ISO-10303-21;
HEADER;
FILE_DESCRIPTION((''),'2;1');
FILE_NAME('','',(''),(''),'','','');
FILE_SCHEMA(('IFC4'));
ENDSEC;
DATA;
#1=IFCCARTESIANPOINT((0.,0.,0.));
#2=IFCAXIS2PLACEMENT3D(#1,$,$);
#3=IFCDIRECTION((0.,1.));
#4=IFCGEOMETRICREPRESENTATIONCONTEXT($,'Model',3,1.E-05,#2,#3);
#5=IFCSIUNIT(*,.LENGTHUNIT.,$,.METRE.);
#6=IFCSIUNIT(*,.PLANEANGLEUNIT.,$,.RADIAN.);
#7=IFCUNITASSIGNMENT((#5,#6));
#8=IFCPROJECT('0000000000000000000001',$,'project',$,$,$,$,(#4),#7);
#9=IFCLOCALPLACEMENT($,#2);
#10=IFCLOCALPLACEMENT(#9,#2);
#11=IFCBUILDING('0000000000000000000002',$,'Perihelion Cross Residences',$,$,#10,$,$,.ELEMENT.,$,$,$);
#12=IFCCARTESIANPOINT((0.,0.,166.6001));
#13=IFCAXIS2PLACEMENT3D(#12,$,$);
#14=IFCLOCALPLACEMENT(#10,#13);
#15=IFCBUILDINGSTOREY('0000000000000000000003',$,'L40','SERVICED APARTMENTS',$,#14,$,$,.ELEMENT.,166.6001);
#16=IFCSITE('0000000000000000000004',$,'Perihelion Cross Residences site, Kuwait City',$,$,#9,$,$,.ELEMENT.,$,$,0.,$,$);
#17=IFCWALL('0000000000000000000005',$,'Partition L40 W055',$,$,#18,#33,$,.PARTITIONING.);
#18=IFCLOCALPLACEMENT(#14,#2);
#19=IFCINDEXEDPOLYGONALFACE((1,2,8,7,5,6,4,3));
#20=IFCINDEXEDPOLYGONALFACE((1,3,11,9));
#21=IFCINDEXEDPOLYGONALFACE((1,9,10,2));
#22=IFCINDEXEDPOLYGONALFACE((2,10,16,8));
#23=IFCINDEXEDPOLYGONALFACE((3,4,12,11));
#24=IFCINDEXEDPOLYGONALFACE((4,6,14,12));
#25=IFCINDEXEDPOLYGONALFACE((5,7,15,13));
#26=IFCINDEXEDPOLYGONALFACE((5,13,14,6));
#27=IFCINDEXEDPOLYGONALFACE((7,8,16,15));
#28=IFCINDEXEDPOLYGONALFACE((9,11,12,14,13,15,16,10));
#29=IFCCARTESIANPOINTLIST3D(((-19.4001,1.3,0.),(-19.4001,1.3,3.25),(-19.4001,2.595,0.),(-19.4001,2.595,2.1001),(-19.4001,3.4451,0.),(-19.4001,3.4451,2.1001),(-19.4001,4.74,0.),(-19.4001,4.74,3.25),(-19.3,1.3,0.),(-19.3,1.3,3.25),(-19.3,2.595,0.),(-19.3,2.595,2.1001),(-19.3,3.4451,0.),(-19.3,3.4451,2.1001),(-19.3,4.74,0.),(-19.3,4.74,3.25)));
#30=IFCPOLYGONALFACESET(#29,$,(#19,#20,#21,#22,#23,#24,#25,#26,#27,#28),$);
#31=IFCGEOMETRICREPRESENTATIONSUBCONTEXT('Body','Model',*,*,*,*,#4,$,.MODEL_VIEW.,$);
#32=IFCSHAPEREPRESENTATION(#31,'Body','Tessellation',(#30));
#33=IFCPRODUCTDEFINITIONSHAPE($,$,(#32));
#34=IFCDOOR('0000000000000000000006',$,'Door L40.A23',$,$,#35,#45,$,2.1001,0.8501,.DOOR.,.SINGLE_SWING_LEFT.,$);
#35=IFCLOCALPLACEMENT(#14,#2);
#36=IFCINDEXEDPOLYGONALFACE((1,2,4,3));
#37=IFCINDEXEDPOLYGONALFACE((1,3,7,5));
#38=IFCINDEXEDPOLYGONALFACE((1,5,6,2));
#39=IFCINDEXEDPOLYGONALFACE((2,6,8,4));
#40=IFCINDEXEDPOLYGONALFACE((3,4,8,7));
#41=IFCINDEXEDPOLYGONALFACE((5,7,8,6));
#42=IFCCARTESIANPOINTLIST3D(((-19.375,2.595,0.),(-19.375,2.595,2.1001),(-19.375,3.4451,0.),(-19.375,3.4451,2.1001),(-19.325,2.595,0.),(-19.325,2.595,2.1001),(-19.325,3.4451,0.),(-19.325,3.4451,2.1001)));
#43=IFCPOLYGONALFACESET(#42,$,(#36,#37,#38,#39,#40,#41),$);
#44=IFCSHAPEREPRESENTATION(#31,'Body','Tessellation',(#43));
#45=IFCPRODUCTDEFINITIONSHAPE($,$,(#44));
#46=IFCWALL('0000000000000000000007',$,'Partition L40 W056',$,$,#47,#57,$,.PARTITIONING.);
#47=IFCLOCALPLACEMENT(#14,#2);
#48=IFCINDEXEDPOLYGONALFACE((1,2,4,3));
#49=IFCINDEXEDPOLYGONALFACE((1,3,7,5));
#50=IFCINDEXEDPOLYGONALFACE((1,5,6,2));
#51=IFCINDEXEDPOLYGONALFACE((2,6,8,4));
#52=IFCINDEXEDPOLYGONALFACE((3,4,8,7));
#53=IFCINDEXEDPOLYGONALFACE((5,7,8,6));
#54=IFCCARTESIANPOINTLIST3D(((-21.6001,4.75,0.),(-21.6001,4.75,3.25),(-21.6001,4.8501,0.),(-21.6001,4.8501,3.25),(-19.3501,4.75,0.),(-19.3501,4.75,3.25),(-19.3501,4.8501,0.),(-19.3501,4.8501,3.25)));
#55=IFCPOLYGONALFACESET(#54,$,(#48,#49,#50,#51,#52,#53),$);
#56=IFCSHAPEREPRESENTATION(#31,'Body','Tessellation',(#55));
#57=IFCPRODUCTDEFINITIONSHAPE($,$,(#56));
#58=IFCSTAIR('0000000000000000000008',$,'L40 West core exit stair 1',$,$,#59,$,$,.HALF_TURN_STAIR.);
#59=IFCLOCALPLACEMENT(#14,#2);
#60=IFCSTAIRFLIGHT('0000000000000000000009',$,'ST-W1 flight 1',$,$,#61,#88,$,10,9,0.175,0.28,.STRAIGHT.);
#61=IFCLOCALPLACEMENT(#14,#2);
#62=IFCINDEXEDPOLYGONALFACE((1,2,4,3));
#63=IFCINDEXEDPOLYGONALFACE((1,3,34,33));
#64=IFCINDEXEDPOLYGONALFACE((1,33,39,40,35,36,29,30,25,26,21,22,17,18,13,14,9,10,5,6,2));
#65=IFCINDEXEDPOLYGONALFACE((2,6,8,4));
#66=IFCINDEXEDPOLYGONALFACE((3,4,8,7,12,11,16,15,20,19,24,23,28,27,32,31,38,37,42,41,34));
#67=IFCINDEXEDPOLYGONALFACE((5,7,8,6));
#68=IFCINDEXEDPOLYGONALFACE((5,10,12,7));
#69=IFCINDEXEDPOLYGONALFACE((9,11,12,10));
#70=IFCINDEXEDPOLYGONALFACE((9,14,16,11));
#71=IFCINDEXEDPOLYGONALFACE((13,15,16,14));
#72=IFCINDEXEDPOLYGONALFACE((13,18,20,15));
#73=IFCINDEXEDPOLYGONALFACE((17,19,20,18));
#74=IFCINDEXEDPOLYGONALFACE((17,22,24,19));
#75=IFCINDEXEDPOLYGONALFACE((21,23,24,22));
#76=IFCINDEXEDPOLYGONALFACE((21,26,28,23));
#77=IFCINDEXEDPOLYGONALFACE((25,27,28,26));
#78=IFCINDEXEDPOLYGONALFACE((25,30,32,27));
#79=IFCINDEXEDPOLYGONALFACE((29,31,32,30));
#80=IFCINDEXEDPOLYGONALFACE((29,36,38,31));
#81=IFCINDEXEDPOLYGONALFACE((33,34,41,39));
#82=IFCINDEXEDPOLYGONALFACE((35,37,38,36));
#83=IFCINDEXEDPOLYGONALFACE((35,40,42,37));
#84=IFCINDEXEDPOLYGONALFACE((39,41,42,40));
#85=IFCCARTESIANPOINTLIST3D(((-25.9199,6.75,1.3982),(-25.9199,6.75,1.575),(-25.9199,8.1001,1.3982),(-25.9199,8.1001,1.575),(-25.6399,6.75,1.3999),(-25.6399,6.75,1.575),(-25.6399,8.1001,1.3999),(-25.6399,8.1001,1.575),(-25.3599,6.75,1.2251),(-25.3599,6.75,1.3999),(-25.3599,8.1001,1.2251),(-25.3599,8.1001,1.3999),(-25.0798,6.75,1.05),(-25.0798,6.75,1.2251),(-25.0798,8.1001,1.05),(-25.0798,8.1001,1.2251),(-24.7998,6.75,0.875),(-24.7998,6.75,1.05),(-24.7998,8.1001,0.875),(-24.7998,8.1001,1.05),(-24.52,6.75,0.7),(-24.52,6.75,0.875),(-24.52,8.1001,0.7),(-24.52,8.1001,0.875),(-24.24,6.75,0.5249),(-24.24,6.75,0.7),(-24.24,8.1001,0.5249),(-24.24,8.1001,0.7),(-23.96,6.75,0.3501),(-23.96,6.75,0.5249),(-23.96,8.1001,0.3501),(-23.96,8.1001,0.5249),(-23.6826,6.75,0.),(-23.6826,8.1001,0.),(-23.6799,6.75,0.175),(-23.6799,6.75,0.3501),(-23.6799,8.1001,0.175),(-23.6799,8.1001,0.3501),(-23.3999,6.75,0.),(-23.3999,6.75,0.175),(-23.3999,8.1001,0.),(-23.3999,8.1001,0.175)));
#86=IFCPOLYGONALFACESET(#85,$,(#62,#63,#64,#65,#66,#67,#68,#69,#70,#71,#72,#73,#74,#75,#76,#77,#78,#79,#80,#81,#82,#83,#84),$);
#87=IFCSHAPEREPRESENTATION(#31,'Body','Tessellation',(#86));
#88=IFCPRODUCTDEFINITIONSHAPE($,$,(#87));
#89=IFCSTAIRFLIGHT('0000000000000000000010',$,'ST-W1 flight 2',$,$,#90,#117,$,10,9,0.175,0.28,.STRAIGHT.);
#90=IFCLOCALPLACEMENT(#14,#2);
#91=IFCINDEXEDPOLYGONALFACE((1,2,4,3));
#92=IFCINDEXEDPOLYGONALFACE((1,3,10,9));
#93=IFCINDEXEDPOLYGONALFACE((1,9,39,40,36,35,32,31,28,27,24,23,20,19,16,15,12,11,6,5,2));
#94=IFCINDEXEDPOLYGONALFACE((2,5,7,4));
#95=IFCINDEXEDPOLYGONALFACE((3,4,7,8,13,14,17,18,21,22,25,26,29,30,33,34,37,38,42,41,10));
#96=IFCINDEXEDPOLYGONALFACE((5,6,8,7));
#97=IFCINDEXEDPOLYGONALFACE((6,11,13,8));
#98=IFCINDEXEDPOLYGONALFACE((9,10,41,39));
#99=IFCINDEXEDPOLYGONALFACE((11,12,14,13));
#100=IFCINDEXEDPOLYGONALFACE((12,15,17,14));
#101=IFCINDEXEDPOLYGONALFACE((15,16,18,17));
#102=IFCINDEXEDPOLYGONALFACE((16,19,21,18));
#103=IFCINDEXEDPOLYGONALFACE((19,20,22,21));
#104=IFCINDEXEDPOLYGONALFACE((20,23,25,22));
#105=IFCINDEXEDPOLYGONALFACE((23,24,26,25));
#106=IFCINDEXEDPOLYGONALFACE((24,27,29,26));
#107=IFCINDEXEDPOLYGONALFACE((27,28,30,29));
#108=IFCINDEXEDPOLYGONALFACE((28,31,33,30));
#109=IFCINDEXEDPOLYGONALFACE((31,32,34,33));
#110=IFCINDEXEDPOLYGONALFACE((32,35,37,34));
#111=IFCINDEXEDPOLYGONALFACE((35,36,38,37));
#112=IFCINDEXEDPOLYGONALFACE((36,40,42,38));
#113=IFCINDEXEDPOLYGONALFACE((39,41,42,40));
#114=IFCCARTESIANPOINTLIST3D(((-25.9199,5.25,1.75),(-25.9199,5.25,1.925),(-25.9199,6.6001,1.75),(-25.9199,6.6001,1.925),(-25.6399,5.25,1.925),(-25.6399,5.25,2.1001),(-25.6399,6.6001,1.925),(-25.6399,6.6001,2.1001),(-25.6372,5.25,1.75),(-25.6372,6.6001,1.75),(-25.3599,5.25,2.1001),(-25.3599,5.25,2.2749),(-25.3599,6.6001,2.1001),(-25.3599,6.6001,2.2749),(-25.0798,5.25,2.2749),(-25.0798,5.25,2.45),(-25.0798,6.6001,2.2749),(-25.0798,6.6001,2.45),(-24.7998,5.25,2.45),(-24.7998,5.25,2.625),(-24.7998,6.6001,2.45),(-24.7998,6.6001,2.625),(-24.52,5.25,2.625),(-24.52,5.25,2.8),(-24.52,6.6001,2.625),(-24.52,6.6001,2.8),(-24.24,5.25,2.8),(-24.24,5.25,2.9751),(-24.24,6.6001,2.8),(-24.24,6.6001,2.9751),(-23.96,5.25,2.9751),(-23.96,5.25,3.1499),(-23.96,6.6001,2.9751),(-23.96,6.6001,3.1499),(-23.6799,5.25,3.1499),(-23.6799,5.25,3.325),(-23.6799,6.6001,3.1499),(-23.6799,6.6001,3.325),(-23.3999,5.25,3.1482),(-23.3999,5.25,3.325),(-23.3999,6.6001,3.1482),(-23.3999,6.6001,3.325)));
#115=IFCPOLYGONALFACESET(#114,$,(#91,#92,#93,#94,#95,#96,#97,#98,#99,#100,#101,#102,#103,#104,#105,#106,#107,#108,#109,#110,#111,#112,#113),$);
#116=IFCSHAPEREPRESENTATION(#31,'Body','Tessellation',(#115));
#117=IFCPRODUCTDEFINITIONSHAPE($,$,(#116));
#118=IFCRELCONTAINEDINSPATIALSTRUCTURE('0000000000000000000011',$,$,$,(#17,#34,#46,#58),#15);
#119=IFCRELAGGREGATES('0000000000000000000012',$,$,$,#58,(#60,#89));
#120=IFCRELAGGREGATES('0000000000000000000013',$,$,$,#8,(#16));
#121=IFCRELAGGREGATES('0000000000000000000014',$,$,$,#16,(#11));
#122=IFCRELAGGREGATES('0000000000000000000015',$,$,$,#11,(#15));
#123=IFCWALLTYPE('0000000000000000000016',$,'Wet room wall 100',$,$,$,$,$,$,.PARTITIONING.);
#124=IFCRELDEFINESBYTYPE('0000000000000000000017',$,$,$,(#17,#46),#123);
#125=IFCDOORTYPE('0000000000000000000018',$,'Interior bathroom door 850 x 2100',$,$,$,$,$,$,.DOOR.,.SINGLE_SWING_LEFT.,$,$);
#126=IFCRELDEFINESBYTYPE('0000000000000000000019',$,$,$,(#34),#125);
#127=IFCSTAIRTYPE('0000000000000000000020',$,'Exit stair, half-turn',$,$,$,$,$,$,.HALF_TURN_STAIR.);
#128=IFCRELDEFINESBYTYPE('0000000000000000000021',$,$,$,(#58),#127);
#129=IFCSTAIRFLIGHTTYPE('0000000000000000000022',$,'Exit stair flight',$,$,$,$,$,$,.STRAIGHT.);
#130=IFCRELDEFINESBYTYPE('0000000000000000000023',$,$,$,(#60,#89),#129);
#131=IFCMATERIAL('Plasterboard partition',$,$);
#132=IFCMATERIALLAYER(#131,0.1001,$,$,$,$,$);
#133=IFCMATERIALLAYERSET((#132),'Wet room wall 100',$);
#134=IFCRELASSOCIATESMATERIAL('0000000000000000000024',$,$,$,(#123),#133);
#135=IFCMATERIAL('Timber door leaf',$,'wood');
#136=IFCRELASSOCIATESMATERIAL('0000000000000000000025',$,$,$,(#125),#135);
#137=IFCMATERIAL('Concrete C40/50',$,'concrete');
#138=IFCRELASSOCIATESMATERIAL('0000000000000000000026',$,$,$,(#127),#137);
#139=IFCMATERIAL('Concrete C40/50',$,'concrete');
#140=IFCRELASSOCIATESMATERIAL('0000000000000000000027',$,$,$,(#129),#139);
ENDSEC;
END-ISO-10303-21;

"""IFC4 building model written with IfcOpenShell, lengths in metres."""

from ifc_helpers import new_model, si_unit, direction, frame, frame_2d, origin, place, context, subcontext, project, spatial, polyline, rectangle, outline, extrude, material, layer, layer_set, type_object, element, fill, aggregate, save


model = new_model("IFC4")

# Units and contexts
model_context = context("Model", 3, precision=1e-05, world=origin(), true_north=direction((0.0, 1.0)))
body_context = subcontext(model_context, "Body", "Model", "MODEL_VIEW")
ifc_project = project(units=[si_unit("LENGTHUNIT", "METRE"), si_unit("PLANEANGLEUNIT", "RADIAN")], contexts=[model_context])

# Site, building, storey
site_placement = place(None, origin())
site = spatial("IfcSite", under=ifc_project, at=site_placement, Name="Perihelion Cross Residences site, Kuwait City", CompositionType="ELEMENT", RefElevation=0.0)
building_placement = place(site_placement, origin())
building = spatial("IfcBuilding", under=site, at=building_placement, Name="Perihelion Cross Residences", CompositionType="ELEMENT")
storey_placement = place(building_placement, frame((0.0, 0.0, 166.6001)))
storey = spatial("IfcBuildingStorey", under=building, at=storey_placement, Name="L40", Description="SERVICED APARTMENTS", CompositionType="ELEMENT", Elevation=166.6001)

# Wall, opening, door
ifc_material_1 = material(Name="Plasterboard partition")
ifc_layer_1 = layer(ifc_material_1, 0.1001)
ifc_layer_set_1 = layer_set([ifc_layer_1], Name="Wet room wall 100")
wall_type_1 = type_object("IfcWallType", Name="Wet room wall 100", PredefinedType="PARTITIONING", material=ifc_layer_set_1)
wall_1_placement = place(storey_placement, frame((-19.3501, 1.3, 0.0), z_axis=(0.0, 0.0, 1.0), x_axis=(0.0, 1.0, 0.0)))
wall_1 = element("IfcWall", 1, at=wall_1_placement, inside=storey, type_object=wall_type_1, Name="Partition L40 W055", PredefinedType="PARTITIONING", context=body_context, shape_type="SweptSolid", body=[
    extrude(rectangle(XDim=3.4399, YDim=0.1001, at=frame_2d((1.72, 0.0))), origin(), (0.0, 0.0, 1.0), 3.25),
])
opening_1_placement = place(wall_1_placement, frame((1.2949, 0.0, 0.0)))
opening_1 = element("IfcOpeningElement", 2, at=opening_1_placement, cuts=wall_1, PredefinedType="OPENING", context=body_context, shape_type="SweptSolid", body=[
    extrude(rectangle(XDim=0.8501, YDim=2.1001, at=frame_2d((0.425, 1.05))), frame((0.0, 0.0601, 0.0), z_axis=(0.0, -1.0, 0.0), x_axis=(1.0, 0.0, 0.0)), (0.0, 0.0, 1.0), 0.1201),
])
ifc_material_2 = material(Name="Timber door leaf", Category="wood")
door_type_1 = type_object("IfcDoorType", Name="Interior bathroom door 850 x 2100", OperationType="SINGLE_SWING_LEFT", PredefinedType="DOOR", material=ifc_material_2)
door_1_placement = place(opening_1_placement, origin())
door_1 = element("IfcDoor", 3, at=door_1_placement, inside=storey, type_object=door_type_1, Name="Door L40.A23", OperationType="SINGLE_SWING_LEFT", OverallHeight=2.1001, OverallWidth=0.8501, PredefinedType="DOOR", context=body_context, shape_type="SweptSolid", body=[
    extrude(rectangle(XDim=0.8501, YDim=2.1001, at=frame_2d((0.425, 1.05))), frame((0.0, 0.0249, 0.0), z_axis=(0.0, -1.0, 0.0), x_axis=(1.0, 0.0, 0.0)), (0.0, 0.0, 1.0), 0.05),
])
fill(opening_1, door_1)

# Wall
wall_2_placement = place(storey_placement, frame((-21.6001, 4.8, 0.0), z_axis=(0.0, 0.0, 1.0), x_axis=(1.0, 0.0, 0.0)))
element("IfcWall", 4, at=wall_2_placement, inside=storey, type_object=wall_type_1, Name="Partition L40 W056", PredefinedType="PARTITIONING", context=body_context, shape_type="SweptSolid", body=[
    extrude(rectangle(XDim=2.25, YDim=0.1001, at=frame_2d((1.125, 0.0))), origin(), (0.0, 0.0, 1.0), 3.25),
])

# Stair, stair flights
ifc_material_3 = material(Name="Concrete C40/50", Category="concrete")
stair_type = type_object("IfcStairType", Name="Exit stair, half-turn", PredefinedType="HALF_TURN_STAIR", material=ifc_material_3)
stair_placement = place(storey_placement, origin())
stair = element("IfcStair", 5, at=stair_placement, inside=storey, type_object=stair_type, Name="L40 West core exit stair 1", PredefinedType="HALF_TURN_STAIR")
ifc_material_4 = material(Name="Concrete C40/50", Category="concrete")
stair_flight_type = type_object("IfcStairFlightType", Name="Exit stair flight", PredefinedType="STRAIGHT", material=ifc_material_4)
stair_flight_1_placement = place(storey_placement, frame((-23.3999, 7.425, 0.0), z_axis=(0.0, 0.0, 1.0), x_axis=(-1.0, 0.0, 0.0)))
stair_flight_1 = element("IfcStairFlight", 6, at=stair_flight_1_placement, type_object=stair_flight_type, Name="ST-W1 flight 1", NumberOfRisers=10, NumberOfTreads=9, PredefinedType="STRAIGHT", RiserHeight=0.175, TreadLength=0.28, context=body_context, shape_type="SweptSolid", body=[
    extrude(outline(polyline([(0.0, 0.0), (0.0, 0.175), (0.28, 0.175), (0.28, 0.3501), (0.5601, 0.3501), (0.5601, 0.5249), (0.8401, 0.5249), (0.8401, 0.7), (1.1201, 0.7), (1.1201, 0.875), (1.3999, 0.875), (1.3999, 1.05), (1.6799, 1.05), (1.6799, 1.2251), (1.96, 1.2251), (1.96, 1.3999), (2.24, 1.3999), (2.24, 1.575), (2.52, 1.575), (2.52, 1.75), (2.52, 1.3982), (0.2827, 0.0), (0.0, 0.0)])), frame((0.0, 0.675, 0.0), z_axis=(0.0, -1.0, 0.0), x_axis=(1.0, 0.0, 0.0)), (0.0, 0.0, 1.0), 1.3501),
])
stair_flight_2_placement = place(storey_placement, frame((-25.9199, 5.925, 1.75), z_axis=(0.0, 0.0, 1.0), x_axis=(1.0, 0.0, 0.0)))
stair_flight_2 = element("IfcStairFlight", 7, at=stair_flight_2_placement, type_object=stair_flight_type, Name="ST-W1 flight 2", NumberOfRisers=10, NumberOfTreads=9, PredefinedType="STRAIGHT", RiserHeight=0.175, TreadLength=0.28, context=body_context, shape_type="SweptSolid", body=[
    extrude(outline(polyline([(0.0, 0.0), (0.0, 0.175), (0.28, 0.175), (0.28, 0.3501), (0.5601, 0.3501), (0.5601, 0.5249), (0.8401, 0.5249), (0.8401, 0.7), (1.1201, 0.7), (1.1201, 0.875), (1.3999, 0.875), (1.3999, 1.05), (1.6799, 1.05), (1.6799, 1.2251), (1.96, 1.2251), (1.96, 1.3999), (2.24, 1.3999), (2.24, 1.575), (2.52, 1.575), (2.52, 1.75), (2.52, 1.3982), (0.2827, 0.0), (0.0, 0.0)])), frame((0.0, 0.675, 0.0), z_axis=(0.0, -1.0, 0.0), x_axis=(1.0, 0.0, 0.0)), (0.0, 0.0, 1.0), 1.3501),
])
aggregate(stair, [stair_flight_1, stair_flight_2])

save(model, "model.ifc")
